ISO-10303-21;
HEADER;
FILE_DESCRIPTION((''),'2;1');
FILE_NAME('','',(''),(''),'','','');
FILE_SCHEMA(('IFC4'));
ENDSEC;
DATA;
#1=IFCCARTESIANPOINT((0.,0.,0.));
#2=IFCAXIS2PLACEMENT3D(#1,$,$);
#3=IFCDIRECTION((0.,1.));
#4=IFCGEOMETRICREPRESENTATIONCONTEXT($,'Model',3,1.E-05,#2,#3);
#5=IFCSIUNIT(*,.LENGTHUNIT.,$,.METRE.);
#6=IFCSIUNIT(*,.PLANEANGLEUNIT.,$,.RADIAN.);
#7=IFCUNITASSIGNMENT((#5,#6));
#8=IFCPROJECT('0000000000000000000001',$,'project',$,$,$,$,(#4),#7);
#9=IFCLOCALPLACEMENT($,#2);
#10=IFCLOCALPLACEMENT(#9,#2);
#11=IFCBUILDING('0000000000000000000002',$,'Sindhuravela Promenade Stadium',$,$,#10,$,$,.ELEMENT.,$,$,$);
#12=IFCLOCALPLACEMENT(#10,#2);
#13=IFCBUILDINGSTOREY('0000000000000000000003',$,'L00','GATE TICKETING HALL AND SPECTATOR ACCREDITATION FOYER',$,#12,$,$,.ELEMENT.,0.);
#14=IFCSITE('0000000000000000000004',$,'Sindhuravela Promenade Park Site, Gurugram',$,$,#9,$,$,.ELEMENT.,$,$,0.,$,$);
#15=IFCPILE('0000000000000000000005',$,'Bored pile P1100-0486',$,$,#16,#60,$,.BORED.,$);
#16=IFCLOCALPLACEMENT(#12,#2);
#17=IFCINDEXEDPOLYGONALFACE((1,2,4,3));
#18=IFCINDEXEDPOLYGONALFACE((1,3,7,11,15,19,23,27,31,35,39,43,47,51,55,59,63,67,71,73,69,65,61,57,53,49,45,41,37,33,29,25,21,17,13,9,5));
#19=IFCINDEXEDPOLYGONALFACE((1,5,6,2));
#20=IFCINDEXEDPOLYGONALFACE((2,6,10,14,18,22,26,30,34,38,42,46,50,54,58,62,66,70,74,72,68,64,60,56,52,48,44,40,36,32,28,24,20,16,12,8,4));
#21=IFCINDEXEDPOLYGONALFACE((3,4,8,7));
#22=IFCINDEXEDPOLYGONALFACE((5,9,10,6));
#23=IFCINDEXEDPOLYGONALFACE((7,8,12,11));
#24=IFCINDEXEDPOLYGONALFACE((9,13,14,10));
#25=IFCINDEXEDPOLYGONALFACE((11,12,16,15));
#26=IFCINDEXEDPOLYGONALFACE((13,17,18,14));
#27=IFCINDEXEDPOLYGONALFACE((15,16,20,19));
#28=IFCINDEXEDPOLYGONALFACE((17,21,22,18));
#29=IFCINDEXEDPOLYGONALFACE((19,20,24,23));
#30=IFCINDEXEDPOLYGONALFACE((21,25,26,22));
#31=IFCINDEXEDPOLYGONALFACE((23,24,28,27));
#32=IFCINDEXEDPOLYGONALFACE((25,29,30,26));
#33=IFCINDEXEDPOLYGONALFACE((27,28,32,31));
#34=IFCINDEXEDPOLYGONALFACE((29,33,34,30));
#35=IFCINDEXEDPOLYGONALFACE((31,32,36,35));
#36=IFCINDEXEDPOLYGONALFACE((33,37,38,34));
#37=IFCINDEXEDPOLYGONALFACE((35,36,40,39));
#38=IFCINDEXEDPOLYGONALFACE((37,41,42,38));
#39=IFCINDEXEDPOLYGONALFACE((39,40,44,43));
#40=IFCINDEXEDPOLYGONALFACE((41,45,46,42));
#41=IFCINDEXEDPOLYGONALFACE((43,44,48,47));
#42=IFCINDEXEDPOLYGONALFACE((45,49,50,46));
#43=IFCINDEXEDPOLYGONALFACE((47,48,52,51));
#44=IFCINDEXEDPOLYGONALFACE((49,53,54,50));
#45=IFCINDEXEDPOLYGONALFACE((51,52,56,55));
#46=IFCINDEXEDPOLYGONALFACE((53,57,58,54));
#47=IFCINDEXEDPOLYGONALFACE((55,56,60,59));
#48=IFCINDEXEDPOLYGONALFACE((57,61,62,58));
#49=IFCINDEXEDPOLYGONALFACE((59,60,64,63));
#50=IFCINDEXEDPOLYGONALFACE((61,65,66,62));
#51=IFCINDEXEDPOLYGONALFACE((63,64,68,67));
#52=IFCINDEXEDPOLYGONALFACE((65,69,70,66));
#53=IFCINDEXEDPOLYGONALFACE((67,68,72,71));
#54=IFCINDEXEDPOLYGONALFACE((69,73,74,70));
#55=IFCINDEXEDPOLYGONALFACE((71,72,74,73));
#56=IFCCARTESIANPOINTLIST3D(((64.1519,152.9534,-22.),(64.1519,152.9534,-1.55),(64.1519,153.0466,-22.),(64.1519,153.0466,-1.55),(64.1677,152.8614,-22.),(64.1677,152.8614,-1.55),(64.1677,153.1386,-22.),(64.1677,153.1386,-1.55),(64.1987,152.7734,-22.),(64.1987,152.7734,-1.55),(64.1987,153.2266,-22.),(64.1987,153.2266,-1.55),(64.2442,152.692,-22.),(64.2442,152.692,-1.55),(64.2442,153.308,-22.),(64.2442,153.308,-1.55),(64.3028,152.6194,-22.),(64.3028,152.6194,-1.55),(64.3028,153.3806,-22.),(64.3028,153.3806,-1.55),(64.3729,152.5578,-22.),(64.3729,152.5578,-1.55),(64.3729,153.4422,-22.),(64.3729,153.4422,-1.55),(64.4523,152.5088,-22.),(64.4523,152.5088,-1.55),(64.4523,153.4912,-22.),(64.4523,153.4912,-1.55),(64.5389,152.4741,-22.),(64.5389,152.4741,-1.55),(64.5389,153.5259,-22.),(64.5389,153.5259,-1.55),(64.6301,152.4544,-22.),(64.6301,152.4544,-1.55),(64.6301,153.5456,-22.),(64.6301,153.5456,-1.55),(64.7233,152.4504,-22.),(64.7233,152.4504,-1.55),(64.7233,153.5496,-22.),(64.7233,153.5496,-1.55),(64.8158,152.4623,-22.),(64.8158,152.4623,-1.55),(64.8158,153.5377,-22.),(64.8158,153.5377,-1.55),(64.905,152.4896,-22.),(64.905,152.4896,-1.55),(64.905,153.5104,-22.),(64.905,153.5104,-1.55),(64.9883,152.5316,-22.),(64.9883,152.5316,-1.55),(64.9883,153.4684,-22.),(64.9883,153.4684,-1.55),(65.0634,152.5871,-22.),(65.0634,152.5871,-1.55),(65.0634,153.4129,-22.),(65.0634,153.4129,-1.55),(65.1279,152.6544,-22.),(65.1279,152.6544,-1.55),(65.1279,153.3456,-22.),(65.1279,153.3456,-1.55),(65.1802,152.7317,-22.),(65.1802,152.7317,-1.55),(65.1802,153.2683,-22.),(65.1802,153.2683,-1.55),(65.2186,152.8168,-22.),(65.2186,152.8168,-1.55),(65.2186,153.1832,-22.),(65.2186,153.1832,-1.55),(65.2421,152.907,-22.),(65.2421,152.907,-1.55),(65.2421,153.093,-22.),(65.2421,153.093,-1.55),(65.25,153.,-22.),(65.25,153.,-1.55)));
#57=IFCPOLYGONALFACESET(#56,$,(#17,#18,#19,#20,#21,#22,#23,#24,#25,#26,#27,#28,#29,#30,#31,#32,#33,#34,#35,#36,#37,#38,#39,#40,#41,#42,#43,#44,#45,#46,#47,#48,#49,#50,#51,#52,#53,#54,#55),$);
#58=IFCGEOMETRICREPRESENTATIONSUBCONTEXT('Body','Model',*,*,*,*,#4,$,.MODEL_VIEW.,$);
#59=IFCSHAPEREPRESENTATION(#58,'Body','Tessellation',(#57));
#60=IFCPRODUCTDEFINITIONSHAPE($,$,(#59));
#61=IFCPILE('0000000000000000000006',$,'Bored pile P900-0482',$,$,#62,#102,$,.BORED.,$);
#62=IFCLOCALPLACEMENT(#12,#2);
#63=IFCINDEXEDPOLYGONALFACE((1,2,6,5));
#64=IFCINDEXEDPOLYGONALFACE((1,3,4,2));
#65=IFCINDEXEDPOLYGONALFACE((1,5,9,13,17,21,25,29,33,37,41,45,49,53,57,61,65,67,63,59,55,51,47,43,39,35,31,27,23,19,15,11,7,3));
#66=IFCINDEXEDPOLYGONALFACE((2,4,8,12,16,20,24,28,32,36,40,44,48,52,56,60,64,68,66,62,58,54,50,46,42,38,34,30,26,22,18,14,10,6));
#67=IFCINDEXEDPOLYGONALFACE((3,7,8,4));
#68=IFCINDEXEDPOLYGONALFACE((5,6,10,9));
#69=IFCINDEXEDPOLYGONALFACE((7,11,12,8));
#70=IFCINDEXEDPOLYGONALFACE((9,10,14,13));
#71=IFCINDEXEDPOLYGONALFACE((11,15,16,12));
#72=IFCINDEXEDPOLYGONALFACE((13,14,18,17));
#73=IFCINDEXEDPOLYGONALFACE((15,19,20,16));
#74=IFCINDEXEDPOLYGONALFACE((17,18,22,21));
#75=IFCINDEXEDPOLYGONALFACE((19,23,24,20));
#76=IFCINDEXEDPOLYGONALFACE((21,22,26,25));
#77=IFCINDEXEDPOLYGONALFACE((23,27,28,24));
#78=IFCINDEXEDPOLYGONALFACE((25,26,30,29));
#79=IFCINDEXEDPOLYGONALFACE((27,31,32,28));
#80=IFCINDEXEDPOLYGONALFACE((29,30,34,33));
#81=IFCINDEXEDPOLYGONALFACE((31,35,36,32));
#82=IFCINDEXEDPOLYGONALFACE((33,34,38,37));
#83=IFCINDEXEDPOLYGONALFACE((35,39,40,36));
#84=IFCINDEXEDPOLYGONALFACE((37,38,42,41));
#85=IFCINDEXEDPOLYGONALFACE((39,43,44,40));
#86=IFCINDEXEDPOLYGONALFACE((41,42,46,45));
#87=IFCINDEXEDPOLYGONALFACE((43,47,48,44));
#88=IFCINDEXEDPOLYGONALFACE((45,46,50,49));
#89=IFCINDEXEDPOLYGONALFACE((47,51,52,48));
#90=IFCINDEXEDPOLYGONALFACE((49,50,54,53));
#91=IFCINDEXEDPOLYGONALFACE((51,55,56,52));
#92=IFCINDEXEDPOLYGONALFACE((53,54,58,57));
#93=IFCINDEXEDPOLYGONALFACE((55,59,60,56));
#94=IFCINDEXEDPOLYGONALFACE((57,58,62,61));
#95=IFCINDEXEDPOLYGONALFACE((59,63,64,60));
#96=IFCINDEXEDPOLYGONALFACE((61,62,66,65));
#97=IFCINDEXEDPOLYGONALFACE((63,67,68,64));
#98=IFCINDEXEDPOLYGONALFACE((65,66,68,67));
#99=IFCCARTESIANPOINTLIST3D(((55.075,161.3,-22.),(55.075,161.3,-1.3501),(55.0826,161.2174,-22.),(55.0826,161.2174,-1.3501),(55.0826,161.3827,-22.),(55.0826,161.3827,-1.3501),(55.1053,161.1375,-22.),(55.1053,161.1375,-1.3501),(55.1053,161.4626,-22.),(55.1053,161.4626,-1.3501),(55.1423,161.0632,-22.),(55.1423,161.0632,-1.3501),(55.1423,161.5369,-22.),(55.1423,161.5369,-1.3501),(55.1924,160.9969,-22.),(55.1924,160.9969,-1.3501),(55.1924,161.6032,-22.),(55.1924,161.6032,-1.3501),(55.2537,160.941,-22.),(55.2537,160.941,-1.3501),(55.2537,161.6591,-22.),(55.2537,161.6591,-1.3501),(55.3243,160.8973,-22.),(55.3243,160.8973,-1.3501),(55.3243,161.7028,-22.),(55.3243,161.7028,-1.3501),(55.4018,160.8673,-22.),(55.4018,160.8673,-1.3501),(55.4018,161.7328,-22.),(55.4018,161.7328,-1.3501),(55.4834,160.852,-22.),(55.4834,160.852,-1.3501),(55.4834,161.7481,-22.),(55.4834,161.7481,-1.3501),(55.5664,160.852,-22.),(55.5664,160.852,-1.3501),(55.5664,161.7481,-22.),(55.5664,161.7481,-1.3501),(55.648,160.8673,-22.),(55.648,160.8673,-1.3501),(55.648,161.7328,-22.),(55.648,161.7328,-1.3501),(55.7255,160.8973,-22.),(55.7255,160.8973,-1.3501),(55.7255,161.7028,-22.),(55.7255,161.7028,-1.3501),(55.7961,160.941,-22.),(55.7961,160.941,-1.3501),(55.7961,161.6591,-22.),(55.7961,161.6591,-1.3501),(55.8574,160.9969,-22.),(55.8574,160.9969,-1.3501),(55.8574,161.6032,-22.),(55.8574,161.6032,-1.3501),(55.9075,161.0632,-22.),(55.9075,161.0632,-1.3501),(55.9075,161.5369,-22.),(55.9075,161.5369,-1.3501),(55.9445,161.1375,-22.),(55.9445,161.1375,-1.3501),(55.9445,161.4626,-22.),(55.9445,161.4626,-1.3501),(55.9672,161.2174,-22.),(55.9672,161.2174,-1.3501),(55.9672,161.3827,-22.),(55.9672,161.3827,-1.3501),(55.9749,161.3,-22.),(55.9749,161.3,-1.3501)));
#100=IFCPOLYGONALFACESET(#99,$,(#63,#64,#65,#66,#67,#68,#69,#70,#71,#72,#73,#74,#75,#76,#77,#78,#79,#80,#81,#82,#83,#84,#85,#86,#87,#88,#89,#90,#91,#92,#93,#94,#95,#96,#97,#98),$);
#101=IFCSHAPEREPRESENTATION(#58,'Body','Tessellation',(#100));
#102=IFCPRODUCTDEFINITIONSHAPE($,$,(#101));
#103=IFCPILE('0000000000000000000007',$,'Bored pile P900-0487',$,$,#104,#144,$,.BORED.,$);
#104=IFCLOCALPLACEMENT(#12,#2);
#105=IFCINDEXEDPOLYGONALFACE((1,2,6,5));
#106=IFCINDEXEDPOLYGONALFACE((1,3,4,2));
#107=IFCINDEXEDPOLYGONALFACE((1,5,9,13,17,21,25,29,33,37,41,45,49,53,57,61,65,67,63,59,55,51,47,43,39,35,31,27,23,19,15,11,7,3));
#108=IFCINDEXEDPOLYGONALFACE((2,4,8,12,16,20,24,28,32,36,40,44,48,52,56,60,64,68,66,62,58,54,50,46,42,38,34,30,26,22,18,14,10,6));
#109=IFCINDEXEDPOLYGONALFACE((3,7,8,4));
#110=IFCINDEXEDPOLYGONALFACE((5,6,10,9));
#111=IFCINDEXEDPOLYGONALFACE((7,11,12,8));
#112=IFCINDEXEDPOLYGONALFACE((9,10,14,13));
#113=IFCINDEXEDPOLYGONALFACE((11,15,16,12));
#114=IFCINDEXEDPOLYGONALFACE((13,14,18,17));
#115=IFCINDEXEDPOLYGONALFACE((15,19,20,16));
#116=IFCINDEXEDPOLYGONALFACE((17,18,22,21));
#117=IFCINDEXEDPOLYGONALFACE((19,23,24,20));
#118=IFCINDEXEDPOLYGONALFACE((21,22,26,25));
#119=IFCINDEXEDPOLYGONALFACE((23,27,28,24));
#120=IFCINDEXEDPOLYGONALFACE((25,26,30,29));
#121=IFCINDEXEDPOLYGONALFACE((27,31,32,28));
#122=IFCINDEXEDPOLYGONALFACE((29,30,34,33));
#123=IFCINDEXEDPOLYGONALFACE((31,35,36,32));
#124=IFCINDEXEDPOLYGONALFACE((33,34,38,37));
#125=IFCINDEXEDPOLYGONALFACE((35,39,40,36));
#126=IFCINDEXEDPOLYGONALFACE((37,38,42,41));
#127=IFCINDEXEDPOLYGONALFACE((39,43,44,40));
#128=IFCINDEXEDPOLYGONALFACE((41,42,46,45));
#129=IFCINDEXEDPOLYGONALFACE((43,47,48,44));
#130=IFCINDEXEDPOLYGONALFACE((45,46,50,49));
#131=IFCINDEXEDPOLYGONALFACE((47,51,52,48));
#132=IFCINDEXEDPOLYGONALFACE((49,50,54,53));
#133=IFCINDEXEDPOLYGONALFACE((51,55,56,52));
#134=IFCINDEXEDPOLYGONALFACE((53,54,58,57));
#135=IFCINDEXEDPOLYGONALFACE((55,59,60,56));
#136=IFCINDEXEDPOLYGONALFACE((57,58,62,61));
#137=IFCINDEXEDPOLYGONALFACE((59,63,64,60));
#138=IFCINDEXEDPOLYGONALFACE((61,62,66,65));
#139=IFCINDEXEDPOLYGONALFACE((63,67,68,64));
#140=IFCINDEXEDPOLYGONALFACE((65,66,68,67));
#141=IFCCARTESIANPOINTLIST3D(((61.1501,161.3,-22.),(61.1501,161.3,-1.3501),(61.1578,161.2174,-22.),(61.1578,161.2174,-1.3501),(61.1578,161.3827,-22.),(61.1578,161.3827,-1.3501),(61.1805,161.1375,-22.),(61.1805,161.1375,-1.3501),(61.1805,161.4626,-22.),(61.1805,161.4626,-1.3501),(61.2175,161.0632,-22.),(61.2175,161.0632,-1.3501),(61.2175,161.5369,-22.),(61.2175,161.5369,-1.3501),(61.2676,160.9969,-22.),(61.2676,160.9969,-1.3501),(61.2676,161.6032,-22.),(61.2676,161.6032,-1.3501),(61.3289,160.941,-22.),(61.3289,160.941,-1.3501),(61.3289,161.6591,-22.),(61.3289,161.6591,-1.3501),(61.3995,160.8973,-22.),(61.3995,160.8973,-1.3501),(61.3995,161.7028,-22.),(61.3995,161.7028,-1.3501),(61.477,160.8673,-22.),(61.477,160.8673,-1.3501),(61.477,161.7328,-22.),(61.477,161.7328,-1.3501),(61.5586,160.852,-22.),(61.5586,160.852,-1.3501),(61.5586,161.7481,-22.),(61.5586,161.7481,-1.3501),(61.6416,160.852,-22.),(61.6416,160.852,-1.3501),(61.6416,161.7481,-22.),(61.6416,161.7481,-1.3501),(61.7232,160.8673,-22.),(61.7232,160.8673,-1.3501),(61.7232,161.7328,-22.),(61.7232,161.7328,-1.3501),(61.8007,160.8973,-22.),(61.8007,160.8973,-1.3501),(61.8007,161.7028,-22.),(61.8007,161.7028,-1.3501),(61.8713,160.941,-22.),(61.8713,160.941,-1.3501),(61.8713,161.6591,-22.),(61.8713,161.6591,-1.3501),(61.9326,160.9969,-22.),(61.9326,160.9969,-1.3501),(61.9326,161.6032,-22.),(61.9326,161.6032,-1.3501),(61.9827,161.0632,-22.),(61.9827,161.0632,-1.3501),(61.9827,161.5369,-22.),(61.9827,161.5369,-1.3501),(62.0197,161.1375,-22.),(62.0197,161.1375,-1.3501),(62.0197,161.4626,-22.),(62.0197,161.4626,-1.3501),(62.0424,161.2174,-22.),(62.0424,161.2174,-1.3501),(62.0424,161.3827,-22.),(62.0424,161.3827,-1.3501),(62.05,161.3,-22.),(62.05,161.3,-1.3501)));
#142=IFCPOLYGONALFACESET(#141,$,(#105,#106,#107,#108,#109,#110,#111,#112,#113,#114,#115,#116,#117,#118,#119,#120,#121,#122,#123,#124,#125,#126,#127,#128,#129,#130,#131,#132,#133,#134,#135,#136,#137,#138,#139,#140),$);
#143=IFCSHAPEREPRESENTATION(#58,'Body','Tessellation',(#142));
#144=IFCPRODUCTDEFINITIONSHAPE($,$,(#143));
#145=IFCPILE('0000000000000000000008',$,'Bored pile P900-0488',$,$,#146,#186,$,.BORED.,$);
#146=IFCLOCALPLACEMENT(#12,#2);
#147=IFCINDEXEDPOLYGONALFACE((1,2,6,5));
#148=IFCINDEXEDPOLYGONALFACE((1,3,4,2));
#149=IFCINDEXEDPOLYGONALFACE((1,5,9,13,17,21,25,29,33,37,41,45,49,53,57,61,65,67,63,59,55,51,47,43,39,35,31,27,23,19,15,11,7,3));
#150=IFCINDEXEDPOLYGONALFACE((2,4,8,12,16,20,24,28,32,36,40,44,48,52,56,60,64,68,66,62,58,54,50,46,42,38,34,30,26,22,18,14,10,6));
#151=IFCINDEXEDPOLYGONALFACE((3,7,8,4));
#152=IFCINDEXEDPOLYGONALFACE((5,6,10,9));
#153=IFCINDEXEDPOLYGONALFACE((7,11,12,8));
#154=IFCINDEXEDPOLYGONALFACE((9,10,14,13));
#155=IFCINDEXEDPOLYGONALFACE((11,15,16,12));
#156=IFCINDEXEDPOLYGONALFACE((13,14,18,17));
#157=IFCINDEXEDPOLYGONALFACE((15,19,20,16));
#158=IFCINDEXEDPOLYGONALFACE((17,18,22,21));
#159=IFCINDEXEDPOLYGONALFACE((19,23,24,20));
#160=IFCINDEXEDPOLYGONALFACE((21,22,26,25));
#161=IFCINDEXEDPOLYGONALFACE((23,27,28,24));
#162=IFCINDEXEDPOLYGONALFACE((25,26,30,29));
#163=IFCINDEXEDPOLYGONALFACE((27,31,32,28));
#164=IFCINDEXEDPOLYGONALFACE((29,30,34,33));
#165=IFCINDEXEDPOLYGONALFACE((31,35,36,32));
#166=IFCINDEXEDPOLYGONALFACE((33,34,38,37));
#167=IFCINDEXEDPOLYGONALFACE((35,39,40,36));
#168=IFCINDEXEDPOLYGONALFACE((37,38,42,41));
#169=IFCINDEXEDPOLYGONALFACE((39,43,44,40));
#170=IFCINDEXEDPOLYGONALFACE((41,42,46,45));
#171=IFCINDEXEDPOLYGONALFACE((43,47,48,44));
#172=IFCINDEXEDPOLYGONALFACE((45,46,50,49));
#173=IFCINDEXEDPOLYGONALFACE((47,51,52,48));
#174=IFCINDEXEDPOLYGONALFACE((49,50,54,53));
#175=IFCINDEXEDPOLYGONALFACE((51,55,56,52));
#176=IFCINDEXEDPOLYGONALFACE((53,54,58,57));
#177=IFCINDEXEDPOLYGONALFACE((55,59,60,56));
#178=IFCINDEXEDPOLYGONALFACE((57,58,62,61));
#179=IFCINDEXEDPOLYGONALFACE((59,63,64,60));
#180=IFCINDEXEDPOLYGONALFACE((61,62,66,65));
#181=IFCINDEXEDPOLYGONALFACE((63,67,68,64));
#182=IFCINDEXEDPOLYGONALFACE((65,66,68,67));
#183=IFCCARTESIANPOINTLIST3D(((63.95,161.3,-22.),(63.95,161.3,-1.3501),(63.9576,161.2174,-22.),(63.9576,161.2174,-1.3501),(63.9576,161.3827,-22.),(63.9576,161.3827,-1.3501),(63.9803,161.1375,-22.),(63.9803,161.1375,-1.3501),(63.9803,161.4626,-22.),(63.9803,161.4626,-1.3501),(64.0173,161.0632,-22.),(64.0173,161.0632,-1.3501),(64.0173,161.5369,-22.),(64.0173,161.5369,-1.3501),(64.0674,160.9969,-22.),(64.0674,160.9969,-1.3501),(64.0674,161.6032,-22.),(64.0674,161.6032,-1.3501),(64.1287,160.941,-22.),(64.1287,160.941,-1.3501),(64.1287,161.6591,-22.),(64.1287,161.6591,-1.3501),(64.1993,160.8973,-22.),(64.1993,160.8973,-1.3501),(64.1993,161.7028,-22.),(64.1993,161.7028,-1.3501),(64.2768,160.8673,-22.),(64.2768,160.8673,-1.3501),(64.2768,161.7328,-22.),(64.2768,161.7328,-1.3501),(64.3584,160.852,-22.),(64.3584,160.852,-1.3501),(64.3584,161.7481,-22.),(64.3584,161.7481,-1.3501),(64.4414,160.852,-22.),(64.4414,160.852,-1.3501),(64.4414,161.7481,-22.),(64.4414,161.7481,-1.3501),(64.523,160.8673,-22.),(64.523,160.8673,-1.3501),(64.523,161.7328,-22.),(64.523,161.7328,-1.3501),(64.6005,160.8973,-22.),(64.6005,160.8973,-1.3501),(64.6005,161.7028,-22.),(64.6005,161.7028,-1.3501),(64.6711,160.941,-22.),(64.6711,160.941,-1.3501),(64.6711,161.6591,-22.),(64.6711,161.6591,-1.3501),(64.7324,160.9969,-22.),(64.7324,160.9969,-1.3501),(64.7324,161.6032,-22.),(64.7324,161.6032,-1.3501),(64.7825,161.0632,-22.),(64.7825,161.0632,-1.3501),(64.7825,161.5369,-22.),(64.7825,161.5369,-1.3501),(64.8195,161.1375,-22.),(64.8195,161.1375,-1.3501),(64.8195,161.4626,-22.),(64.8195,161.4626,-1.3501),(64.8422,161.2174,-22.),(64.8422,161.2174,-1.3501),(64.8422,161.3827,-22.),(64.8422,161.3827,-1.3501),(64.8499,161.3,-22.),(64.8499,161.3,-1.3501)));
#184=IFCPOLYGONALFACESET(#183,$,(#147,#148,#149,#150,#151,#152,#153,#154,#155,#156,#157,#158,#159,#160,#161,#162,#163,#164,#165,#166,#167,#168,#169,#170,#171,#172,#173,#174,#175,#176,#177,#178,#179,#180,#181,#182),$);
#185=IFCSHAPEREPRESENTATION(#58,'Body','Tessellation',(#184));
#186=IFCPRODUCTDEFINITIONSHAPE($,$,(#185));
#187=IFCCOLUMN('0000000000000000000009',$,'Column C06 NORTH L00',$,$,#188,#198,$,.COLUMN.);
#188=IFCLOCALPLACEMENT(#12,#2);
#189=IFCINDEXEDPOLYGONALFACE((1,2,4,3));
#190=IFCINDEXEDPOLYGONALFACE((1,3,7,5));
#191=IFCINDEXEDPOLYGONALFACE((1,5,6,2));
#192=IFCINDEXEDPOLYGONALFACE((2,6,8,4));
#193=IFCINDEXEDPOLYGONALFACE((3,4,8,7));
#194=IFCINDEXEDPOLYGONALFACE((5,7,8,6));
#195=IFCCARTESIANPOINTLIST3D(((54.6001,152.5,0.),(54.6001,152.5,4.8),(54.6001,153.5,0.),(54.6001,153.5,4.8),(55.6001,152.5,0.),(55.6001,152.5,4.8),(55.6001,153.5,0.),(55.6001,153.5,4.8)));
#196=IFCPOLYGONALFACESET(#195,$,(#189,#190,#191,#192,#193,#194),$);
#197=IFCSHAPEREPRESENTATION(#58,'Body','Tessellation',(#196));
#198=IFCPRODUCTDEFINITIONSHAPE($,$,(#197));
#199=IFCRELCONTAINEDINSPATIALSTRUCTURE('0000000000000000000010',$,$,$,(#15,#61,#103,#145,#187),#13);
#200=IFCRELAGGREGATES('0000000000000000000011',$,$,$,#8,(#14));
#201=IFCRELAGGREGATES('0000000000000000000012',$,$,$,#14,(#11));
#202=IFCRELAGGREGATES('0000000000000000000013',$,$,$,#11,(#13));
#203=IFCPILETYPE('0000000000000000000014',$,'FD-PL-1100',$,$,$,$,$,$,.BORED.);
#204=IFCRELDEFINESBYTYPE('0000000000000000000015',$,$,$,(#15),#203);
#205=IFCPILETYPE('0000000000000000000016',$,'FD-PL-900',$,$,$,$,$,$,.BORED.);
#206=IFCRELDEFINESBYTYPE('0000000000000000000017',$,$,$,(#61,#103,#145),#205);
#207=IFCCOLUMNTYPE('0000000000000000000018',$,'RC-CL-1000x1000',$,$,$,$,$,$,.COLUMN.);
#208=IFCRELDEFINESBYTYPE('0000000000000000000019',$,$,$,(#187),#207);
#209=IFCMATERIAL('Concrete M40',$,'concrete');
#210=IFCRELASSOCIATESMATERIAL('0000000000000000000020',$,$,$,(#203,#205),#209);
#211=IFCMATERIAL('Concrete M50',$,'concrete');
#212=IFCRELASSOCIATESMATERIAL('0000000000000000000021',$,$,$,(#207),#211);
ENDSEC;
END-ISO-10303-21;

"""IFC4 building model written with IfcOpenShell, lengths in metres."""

from ifc_helpers import new_model, si_unit, direction, frame, origin, origin_2d, place, context, subcontext, project, spatial, rectangle, circle, extrude, material, material_profile, profile_set, type_object, element, save


model = new_model("IFC4")

# Units and contexts
model_context = context("Model", 3, precision=1e-05, world=origin(), true_north=direction((0.0, 1.0)))
body_context = subcontext(model_context, "Body", "Model", "MODEL_VIEW")
ifc_project = project(units=[si_unit("LENGTHUNIT", "METRE"), si_unit("PLANEANGLEUNIT", "RADIAN")], contexts=[model_context])

# Site, building, storey
site_placement = place(None, origin())
site = spatial("IfcSite", under=ifc_project, at=site_placement, Name="Sindhuravela Promenade Park Site, Gurugram", CompositionType="ELEMENT", RefElevation=0.0)
building_placement = place(site_placement, origin())
building = spatial("IfcBuilding", under=site, at=building_placement, Name="Sindhuravela Promenade Stadium", CompositionType="ELEMENT")
storey_placement = place(building_placement, origin())
storey = spatial("IfcBuildingStorey", under=building, at=storey_placement, Name="L00", Description="GATE TICKETING HALL AND SPECTATOR ACCREDITATION FOYER", CompositionType="ELEMENT", Elevation=0.0)

# Shared definitions
ifc_material_1 = material(Name="Concrete M50", Category="concrete")

# Piles
ifc_material_2 = material(Name="Concrete M40", Category="concrete")
ifc_material_profile_1 = material_profile(ifc_material_2, circle(Radius=0.55, at=origin_2d()), Name="BORED PILE D1100")
ifc_profile_set_1 = profile_set([ifc_material_profile_1], Name="Concrete M40")
pile_type_1 = type_object("IfcPileType", Name="FD-PL-1100", PredefinedType="BORED", material=ifc_profile_set_1)
for number, where, z_axis, x_axis, name in (
    (1, (64.7, 153.0, -1.55), (0.0, 0.0, -1.0), (1.0, 0.0, 0.0), "Bored pile P1100-0486"),
):
    element("IfcPile", number, at=place(storey_placement, frame(where, z_axis=z_axis, x_axis=x_axis)), inside=storey, type_object=pile_type_1, Name=name, PredefinedType="BORED", context=body_context, shape_type="SweptSolid", body=[
        extrude(circle(Radius=0.55, at=origin_2d()), origin(), (0.0, 0.0, 1.0), 20.45),
    ])
ifc_material_profile_2 = material_profile(ifc_material_2, circle(Radius=0.45, at=origin_2d()), Name="BORED PILE D900")
ifc_profile_set_2 = profile_set([ifc_material_profile_2], Name="Concrete M40")
pile_type_2 = type_object("IfcPileType", Name="FD-PL-900", PredefinedType="BORED", material=ifc_profile_set_2)
for number, where, z_axis, x_axis, name in (
    (2, (55.5249, 161.3, -1.3501), (0.0, 0.0, -1.0), (1.0, 0.0, 0.0), "Bored pile P900-0482"),
    (3, (61.6001, 161.3, -1.3501), (0.0, 0.0, -1.0), (1.0, 0.0, 0.0), "Bored pile P900-0487"),
    (4, (64.3999, 161.3, -1.3501), (0.0, 0.0, -1.0), (1.0, 0.0, 0.0), "Bored pile P900-0488"),
):
    element("IfcPile", number, at=place(storey_placement, frame(where, z_axis=z_axis, x_axis=x_axis)), inside=storey, type_object=pile_type_2, Name=name, PredefinedType="BORED", context=body_context, shape_type="SweptSolid", body=[
        extrude(circle(Radius=0.45, at=origin_2d()), origin(), (0.0, 0.0, 1.0), 20.6499),
    ])

# Column
ifc_material_profile_3 = material_profile(ifc_material_1, rectangle(XDim=1.0, YDim=1.0, at=origin_2d()), Name="RC 1000x1000")
ifc_profile_set_3 = profile_set([ifc_material_profile_3], Name="Concrete M50")
column_type = type_object("IfcColumnType", Name="RC-CL-1000x1000", PredefinedType="COLUMN", material=ifc_profile_set_3)
for number, where, z_axis, x_axis, name in (
    (5, (55.1001, 153.0, 0.0), (0.0, 0.0, 1.0), (1.0, 0.0, 0.0), "Column C06 NORTH L00"),
):
    element("IfcColumn", number, at=place(storey_placement, frame(where, z_axis=z_axis, x_axis=x_axis)), inside=storey, type_object=column_type, Name=name, PredefinedType="COLUMN", context=body_context, shape_type="SweptSolid", body=[
        extrude(rectangle(XDim=1.0, YDim=1.0, at=origin_2d()), origin(), (0.0, 0.0, 1.0), 4.8),
    ])

save(model, "model.ifc")
